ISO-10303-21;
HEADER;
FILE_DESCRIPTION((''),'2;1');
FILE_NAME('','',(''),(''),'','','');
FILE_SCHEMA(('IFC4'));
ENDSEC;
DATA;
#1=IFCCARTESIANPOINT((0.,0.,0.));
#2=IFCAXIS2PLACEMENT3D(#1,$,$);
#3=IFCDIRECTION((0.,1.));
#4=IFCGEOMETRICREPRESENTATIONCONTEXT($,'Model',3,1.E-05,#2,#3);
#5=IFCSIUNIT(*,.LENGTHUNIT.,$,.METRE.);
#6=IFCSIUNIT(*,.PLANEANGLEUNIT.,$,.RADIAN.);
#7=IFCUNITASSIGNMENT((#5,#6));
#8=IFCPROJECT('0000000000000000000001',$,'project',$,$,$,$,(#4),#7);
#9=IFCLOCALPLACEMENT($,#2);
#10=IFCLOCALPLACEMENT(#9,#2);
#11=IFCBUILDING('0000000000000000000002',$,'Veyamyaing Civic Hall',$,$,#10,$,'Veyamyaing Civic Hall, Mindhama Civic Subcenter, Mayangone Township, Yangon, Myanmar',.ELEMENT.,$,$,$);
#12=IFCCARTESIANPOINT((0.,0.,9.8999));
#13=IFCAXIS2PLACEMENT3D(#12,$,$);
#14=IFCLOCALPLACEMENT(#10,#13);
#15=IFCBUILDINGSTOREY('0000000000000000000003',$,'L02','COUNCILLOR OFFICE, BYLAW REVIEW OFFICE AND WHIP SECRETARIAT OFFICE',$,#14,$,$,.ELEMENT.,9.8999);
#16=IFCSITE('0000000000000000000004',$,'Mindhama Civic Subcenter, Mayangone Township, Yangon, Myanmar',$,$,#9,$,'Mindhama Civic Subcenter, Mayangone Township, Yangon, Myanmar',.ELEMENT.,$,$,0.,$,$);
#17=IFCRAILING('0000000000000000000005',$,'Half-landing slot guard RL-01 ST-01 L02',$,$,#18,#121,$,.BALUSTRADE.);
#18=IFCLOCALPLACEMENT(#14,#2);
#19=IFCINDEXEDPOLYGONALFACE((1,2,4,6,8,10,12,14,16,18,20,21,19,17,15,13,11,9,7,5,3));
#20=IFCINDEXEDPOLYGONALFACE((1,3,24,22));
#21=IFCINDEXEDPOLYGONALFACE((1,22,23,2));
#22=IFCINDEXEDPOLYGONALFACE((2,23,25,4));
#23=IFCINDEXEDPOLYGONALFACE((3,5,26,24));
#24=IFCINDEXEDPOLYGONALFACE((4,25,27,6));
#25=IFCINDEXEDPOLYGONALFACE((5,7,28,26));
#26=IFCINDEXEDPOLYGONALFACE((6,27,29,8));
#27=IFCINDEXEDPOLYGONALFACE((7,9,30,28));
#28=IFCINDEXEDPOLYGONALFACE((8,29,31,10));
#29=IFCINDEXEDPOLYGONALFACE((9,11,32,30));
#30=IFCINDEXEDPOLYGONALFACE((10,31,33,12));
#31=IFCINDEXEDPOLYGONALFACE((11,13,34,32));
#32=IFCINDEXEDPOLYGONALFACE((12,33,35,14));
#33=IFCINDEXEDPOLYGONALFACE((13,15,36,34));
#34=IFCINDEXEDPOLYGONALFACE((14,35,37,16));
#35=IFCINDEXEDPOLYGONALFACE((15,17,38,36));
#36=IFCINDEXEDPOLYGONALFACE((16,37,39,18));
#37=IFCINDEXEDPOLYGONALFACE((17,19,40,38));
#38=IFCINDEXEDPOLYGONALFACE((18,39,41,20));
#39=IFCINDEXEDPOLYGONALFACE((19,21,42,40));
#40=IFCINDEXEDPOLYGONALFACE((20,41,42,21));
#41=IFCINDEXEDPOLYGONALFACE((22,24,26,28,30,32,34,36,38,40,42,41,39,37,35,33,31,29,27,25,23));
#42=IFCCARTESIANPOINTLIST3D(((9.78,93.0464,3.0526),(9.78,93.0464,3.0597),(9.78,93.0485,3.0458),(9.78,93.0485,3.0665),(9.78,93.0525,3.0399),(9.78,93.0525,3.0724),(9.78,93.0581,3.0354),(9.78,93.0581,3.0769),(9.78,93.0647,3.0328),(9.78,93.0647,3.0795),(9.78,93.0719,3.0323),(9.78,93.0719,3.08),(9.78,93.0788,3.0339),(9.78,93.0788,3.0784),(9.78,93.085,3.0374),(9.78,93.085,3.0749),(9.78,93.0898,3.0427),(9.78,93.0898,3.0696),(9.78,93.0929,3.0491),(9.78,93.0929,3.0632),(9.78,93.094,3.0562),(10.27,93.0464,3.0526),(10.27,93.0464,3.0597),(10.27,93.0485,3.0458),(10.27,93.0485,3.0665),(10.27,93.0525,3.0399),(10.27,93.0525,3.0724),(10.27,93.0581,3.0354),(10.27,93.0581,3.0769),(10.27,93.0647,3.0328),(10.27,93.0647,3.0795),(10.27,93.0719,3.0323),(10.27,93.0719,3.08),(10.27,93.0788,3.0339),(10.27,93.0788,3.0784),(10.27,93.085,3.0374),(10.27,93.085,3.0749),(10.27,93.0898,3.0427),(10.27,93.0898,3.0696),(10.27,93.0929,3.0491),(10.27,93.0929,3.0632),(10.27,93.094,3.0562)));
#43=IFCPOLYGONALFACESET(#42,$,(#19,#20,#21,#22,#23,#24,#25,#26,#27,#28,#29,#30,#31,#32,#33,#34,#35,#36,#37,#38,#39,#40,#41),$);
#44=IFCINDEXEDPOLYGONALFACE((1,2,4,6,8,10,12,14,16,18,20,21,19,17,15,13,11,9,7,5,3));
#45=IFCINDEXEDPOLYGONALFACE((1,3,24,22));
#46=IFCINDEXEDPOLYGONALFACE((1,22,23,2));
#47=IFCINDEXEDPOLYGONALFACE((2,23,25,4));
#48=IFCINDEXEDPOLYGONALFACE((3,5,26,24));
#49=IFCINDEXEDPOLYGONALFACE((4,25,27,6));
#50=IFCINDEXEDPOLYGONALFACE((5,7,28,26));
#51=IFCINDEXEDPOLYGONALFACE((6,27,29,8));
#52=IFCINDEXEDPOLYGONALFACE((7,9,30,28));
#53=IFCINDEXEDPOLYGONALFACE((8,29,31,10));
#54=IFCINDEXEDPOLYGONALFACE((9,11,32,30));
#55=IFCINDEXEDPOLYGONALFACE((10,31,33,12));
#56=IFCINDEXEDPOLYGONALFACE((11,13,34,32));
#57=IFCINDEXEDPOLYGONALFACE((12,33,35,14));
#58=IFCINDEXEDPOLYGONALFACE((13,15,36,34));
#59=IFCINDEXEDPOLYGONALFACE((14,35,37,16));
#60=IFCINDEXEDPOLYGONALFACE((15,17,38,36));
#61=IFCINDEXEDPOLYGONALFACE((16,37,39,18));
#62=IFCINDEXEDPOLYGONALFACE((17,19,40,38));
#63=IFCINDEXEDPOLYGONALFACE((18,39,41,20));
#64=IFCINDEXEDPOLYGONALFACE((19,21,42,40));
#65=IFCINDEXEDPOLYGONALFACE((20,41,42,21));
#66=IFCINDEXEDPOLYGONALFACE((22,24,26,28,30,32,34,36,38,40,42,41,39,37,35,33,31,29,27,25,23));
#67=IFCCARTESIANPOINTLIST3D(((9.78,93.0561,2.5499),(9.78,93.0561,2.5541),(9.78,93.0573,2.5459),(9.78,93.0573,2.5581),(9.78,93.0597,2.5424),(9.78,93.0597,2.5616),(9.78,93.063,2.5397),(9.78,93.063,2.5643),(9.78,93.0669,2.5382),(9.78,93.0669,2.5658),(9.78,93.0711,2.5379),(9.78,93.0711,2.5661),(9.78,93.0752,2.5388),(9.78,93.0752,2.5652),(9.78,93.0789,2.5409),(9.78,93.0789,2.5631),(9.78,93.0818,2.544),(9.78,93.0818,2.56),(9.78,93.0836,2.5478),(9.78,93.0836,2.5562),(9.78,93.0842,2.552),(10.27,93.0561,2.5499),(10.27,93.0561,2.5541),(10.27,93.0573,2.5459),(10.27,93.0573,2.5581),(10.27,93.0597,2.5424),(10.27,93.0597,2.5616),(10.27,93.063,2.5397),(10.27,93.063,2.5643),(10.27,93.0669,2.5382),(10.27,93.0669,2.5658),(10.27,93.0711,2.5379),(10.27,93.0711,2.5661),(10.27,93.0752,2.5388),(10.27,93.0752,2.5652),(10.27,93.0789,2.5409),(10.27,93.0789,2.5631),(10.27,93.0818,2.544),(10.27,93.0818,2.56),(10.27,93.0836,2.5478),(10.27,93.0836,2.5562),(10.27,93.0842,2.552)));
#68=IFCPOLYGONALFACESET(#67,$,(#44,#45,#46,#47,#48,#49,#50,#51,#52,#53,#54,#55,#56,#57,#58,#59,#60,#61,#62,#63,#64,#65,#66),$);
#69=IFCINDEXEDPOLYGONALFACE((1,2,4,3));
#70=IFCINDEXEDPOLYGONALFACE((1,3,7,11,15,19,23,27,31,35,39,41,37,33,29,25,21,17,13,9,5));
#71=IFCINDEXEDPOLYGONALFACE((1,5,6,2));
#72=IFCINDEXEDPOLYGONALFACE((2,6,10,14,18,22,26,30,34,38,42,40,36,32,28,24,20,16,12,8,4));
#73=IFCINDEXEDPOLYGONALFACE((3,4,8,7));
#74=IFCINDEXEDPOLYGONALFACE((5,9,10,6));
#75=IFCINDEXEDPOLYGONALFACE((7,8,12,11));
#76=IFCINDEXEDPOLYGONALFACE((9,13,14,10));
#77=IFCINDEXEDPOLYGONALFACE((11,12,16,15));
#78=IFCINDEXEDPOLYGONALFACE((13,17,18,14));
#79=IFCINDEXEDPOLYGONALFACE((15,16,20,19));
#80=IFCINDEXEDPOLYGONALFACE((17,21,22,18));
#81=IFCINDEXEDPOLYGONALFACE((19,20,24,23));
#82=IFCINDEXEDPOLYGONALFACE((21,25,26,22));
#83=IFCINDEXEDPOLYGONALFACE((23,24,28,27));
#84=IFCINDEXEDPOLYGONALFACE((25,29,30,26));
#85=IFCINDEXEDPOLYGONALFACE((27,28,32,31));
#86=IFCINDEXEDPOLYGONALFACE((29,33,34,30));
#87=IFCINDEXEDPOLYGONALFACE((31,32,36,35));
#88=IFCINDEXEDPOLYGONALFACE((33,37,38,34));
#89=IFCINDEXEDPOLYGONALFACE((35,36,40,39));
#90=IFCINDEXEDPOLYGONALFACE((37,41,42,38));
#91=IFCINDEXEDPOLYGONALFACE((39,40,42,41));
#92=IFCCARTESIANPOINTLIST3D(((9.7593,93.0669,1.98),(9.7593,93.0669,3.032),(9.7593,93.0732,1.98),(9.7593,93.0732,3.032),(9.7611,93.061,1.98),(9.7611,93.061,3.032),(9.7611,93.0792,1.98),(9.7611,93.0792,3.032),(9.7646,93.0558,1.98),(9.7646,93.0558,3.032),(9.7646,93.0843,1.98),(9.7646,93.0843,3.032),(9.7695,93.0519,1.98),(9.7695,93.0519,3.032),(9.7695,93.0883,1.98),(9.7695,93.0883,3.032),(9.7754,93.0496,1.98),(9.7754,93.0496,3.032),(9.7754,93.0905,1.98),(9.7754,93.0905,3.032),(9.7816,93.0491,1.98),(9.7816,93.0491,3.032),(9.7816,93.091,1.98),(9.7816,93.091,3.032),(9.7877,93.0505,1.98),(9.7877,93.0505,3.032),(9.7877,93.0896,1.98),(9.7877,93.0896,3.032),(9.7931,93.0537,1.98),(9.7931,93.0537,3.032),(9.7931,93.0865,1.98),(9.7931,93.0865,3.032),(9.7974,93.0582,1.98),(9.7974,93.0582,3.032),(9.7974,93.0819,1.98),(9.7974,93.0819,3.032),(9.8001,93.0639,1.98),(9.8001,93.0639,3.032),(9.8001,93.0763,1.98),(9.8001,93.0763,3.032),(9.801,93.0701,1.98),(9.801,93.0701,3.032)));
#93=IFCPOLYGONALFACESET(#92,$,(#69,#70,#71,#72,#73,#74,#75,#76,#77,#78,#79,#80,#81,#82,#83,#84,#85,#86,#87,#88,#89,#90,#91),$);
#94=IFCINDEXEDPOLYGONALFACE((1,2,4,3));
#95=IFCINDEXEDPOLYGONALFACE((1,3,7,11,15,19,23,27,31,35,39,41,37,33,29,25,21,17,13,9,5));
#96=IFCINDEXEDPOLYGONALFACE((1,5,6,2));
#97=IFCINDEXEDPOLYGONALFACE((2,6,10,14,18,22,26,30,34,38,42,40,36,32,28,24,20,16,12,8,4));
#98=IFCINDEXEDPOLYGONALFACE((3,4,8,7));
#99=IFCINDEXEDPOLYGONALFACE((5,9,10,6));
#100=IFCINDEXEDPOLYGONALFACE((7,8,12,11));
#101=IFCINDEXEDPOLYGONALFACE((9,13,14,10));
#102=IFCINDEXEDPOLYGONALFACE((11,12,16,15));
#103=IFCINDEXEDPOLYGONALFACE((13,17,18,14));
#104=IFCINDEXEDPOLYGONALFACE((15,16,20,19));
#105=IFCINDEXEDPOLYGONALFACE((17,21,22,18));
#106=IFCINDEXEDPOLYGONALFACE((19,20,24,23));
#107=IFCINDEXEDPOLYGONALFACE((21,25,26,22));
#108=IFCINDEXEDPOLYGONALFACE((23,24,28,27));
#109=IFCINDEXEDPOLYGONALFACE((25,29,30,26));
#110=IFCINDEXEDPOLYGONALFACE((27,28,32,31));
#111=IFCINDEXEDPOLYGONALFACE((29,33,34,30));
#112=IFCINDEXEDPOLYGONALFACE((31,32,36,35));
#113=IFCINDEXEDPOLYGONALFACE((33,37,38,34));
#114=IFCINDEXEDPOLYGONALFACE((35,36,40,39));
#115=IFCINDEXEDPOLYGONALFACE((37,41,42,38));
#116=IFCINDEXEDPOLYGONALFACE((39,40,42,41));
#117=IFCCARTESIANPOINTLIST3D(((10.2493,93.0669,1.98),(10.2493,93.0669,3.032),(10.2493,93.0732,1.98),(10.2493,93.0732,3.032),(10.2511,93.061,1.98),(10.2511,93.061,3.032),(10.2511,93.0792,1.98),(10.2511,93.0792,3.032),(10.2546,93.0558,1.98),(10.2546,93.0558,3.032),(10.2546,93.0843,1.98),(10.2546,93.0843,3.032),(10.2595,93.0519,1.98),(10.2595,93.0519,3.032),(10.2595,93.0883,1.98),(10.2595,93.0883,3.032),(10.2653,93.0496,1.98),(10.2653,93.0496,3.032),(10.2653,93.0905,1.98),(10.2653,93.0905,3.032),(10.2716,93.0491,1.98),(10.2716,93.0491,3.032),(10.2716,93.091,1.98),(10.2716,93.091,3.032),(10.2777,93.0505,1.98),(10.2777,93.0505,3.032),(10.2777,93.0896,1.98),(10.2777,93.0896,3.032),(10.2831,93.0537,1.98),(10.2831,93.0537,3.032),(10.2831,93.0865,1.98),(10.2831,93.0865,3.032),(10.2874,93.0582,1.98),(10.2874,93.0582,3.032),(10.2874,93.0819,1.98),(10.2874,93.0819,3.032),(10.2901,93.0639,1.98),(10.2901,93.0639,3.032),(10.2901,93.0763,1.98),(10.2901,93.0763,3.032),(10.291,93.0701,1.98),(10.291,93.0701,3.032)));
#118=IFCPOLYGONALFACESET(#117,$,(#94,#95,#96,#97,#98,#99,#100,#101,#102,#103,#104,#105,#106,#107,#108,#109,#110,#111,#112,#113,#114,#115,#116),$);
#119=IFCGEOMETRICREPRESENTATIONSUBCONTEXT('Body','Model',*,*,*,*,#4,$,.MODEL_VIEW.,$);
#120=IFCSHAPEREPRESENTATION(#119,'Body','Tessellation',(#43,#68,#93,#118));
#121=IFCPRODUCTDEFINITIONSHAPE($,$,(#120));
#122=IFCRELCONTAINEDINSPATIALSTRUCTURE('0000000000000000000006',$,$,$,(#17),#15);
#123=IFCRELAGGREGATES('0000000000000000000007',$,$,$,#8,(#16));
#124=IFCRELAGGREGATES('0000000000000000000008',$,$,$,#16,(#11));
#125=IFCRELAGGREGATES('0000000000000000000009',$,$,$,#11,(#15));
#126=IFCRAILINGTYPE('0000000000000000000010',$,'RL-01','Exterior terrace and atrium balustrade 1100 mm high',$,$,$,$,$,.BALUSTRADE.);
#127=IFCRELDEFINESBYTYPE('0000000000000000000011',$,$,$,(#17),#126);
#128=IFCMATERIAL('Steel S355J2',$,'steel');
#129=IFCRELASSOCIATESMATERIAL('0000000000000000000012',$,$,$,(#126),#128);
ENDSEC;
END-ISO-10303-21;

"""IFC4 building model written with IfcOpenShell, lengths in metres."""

from ifc_helpers import new_model, si_unit, direction, frame, origin, origin_2d, place, context, subcontext, project, spatial, circle, extrude, material, type_object, element, save


model = new_model("IFC4")

# Units and contexts
model_context = context("Model", 3, precision=1e-05, world=origin(), true_north=direction((0.0, 1.0)))
body_context = subcontext(model_context, "Body", "Model", "MODEL_VIEW")
ifc_project = project(units=[si_unit("LENGTHUNIT", "METRE"), si_unit("PLANEANGLEUNIT", "RADIAN")], contexts=[model_context])

# Site, building, storey
site_placement = place(None, origin())
site = spatial("IfcSite", under=ifc_project, at=site_placement, Name="Mindhama Civic Subcenter, Mayangone Township, Yangon, Myanmar", LongName="Mindhama Civic Subcenter, Mayangone Township, Yangon, Myanmar", CompositionType="ELEMENT", RefElevation=0.0)
building_placement = place(site_placement, origin())
building = spatial("IfcBuilding", under=site, at=building_placement, Name="Veyamyaing Civic Hall", LongName="Veyamyaing Civic Hall, Mindhama Civic Subcenter, Mayangone Township, Yangon, Myanmar", CompositionType="ELEMENT")
storey_placement = place(building_placement, frame((0.0, 0.0, 9.8999)))
storey = spatial("IfcBuildingStorey", under=building, at=storey_placement, Name="L02", Description="COUNCILLOR OFFICE, BYLAW REVIEW OFFICE AND WHIP SECRETARIAT OFFICE", CompositionType="ELEMENT", Elevation=9.8999)

# Railing
ifc_material_1 = material(Name="Steel S355J2", Category="steel")
railing_type_1 = type_object("IfcRailingType", Name="RL-01", Description="Exterior terrace and atrium balustrade 1100 mm high", PredefinedType="BALUSTRADE", material=ifc_material_1)
railing_1_placement = place(storey_placement, frame((9.78, 93.0701, 1.98)))
element("IfcRailing", 1, at=railing_1_placement, inside=storey, type_object=railing_type_1, Name="Half-landing slot guard RL-01 ST-01 L02", PredefinedType="BALUSTRADE", context=body_context, shape_type="SweptSolid", body=[
    extrude(circle(Radius=0.0239, at=origin_2d()), frame((0.0, 0.0, 1.0762), z_axis=(1.0, 0.0, 0.0), x_axis=(0.0, 1.0, 0.0)), (0.0, 0.0, 1.0), 0.49),
    extrude(circle(Radius=0.0142, at=origin_2d()), frame((0.0, 0.0, 0.572), z_axis=(1.0, 0.0, 0.0), x_axis=(0.0, 1.0, 0.0)), (0.0, 0.0, 1.0), 0.49),
    extrude(circle(Radius=0.021, at=origin_2d()), origin(), (0.0, 0.0, 1.0), 1.052),
    extrude(circle(Radius=0.021, at=origin_2d()), frame((0.49, 0.0, 0.0)), (0.0, 0.0, 1.0), 1.052),
])

save(model, "model.ifc")
